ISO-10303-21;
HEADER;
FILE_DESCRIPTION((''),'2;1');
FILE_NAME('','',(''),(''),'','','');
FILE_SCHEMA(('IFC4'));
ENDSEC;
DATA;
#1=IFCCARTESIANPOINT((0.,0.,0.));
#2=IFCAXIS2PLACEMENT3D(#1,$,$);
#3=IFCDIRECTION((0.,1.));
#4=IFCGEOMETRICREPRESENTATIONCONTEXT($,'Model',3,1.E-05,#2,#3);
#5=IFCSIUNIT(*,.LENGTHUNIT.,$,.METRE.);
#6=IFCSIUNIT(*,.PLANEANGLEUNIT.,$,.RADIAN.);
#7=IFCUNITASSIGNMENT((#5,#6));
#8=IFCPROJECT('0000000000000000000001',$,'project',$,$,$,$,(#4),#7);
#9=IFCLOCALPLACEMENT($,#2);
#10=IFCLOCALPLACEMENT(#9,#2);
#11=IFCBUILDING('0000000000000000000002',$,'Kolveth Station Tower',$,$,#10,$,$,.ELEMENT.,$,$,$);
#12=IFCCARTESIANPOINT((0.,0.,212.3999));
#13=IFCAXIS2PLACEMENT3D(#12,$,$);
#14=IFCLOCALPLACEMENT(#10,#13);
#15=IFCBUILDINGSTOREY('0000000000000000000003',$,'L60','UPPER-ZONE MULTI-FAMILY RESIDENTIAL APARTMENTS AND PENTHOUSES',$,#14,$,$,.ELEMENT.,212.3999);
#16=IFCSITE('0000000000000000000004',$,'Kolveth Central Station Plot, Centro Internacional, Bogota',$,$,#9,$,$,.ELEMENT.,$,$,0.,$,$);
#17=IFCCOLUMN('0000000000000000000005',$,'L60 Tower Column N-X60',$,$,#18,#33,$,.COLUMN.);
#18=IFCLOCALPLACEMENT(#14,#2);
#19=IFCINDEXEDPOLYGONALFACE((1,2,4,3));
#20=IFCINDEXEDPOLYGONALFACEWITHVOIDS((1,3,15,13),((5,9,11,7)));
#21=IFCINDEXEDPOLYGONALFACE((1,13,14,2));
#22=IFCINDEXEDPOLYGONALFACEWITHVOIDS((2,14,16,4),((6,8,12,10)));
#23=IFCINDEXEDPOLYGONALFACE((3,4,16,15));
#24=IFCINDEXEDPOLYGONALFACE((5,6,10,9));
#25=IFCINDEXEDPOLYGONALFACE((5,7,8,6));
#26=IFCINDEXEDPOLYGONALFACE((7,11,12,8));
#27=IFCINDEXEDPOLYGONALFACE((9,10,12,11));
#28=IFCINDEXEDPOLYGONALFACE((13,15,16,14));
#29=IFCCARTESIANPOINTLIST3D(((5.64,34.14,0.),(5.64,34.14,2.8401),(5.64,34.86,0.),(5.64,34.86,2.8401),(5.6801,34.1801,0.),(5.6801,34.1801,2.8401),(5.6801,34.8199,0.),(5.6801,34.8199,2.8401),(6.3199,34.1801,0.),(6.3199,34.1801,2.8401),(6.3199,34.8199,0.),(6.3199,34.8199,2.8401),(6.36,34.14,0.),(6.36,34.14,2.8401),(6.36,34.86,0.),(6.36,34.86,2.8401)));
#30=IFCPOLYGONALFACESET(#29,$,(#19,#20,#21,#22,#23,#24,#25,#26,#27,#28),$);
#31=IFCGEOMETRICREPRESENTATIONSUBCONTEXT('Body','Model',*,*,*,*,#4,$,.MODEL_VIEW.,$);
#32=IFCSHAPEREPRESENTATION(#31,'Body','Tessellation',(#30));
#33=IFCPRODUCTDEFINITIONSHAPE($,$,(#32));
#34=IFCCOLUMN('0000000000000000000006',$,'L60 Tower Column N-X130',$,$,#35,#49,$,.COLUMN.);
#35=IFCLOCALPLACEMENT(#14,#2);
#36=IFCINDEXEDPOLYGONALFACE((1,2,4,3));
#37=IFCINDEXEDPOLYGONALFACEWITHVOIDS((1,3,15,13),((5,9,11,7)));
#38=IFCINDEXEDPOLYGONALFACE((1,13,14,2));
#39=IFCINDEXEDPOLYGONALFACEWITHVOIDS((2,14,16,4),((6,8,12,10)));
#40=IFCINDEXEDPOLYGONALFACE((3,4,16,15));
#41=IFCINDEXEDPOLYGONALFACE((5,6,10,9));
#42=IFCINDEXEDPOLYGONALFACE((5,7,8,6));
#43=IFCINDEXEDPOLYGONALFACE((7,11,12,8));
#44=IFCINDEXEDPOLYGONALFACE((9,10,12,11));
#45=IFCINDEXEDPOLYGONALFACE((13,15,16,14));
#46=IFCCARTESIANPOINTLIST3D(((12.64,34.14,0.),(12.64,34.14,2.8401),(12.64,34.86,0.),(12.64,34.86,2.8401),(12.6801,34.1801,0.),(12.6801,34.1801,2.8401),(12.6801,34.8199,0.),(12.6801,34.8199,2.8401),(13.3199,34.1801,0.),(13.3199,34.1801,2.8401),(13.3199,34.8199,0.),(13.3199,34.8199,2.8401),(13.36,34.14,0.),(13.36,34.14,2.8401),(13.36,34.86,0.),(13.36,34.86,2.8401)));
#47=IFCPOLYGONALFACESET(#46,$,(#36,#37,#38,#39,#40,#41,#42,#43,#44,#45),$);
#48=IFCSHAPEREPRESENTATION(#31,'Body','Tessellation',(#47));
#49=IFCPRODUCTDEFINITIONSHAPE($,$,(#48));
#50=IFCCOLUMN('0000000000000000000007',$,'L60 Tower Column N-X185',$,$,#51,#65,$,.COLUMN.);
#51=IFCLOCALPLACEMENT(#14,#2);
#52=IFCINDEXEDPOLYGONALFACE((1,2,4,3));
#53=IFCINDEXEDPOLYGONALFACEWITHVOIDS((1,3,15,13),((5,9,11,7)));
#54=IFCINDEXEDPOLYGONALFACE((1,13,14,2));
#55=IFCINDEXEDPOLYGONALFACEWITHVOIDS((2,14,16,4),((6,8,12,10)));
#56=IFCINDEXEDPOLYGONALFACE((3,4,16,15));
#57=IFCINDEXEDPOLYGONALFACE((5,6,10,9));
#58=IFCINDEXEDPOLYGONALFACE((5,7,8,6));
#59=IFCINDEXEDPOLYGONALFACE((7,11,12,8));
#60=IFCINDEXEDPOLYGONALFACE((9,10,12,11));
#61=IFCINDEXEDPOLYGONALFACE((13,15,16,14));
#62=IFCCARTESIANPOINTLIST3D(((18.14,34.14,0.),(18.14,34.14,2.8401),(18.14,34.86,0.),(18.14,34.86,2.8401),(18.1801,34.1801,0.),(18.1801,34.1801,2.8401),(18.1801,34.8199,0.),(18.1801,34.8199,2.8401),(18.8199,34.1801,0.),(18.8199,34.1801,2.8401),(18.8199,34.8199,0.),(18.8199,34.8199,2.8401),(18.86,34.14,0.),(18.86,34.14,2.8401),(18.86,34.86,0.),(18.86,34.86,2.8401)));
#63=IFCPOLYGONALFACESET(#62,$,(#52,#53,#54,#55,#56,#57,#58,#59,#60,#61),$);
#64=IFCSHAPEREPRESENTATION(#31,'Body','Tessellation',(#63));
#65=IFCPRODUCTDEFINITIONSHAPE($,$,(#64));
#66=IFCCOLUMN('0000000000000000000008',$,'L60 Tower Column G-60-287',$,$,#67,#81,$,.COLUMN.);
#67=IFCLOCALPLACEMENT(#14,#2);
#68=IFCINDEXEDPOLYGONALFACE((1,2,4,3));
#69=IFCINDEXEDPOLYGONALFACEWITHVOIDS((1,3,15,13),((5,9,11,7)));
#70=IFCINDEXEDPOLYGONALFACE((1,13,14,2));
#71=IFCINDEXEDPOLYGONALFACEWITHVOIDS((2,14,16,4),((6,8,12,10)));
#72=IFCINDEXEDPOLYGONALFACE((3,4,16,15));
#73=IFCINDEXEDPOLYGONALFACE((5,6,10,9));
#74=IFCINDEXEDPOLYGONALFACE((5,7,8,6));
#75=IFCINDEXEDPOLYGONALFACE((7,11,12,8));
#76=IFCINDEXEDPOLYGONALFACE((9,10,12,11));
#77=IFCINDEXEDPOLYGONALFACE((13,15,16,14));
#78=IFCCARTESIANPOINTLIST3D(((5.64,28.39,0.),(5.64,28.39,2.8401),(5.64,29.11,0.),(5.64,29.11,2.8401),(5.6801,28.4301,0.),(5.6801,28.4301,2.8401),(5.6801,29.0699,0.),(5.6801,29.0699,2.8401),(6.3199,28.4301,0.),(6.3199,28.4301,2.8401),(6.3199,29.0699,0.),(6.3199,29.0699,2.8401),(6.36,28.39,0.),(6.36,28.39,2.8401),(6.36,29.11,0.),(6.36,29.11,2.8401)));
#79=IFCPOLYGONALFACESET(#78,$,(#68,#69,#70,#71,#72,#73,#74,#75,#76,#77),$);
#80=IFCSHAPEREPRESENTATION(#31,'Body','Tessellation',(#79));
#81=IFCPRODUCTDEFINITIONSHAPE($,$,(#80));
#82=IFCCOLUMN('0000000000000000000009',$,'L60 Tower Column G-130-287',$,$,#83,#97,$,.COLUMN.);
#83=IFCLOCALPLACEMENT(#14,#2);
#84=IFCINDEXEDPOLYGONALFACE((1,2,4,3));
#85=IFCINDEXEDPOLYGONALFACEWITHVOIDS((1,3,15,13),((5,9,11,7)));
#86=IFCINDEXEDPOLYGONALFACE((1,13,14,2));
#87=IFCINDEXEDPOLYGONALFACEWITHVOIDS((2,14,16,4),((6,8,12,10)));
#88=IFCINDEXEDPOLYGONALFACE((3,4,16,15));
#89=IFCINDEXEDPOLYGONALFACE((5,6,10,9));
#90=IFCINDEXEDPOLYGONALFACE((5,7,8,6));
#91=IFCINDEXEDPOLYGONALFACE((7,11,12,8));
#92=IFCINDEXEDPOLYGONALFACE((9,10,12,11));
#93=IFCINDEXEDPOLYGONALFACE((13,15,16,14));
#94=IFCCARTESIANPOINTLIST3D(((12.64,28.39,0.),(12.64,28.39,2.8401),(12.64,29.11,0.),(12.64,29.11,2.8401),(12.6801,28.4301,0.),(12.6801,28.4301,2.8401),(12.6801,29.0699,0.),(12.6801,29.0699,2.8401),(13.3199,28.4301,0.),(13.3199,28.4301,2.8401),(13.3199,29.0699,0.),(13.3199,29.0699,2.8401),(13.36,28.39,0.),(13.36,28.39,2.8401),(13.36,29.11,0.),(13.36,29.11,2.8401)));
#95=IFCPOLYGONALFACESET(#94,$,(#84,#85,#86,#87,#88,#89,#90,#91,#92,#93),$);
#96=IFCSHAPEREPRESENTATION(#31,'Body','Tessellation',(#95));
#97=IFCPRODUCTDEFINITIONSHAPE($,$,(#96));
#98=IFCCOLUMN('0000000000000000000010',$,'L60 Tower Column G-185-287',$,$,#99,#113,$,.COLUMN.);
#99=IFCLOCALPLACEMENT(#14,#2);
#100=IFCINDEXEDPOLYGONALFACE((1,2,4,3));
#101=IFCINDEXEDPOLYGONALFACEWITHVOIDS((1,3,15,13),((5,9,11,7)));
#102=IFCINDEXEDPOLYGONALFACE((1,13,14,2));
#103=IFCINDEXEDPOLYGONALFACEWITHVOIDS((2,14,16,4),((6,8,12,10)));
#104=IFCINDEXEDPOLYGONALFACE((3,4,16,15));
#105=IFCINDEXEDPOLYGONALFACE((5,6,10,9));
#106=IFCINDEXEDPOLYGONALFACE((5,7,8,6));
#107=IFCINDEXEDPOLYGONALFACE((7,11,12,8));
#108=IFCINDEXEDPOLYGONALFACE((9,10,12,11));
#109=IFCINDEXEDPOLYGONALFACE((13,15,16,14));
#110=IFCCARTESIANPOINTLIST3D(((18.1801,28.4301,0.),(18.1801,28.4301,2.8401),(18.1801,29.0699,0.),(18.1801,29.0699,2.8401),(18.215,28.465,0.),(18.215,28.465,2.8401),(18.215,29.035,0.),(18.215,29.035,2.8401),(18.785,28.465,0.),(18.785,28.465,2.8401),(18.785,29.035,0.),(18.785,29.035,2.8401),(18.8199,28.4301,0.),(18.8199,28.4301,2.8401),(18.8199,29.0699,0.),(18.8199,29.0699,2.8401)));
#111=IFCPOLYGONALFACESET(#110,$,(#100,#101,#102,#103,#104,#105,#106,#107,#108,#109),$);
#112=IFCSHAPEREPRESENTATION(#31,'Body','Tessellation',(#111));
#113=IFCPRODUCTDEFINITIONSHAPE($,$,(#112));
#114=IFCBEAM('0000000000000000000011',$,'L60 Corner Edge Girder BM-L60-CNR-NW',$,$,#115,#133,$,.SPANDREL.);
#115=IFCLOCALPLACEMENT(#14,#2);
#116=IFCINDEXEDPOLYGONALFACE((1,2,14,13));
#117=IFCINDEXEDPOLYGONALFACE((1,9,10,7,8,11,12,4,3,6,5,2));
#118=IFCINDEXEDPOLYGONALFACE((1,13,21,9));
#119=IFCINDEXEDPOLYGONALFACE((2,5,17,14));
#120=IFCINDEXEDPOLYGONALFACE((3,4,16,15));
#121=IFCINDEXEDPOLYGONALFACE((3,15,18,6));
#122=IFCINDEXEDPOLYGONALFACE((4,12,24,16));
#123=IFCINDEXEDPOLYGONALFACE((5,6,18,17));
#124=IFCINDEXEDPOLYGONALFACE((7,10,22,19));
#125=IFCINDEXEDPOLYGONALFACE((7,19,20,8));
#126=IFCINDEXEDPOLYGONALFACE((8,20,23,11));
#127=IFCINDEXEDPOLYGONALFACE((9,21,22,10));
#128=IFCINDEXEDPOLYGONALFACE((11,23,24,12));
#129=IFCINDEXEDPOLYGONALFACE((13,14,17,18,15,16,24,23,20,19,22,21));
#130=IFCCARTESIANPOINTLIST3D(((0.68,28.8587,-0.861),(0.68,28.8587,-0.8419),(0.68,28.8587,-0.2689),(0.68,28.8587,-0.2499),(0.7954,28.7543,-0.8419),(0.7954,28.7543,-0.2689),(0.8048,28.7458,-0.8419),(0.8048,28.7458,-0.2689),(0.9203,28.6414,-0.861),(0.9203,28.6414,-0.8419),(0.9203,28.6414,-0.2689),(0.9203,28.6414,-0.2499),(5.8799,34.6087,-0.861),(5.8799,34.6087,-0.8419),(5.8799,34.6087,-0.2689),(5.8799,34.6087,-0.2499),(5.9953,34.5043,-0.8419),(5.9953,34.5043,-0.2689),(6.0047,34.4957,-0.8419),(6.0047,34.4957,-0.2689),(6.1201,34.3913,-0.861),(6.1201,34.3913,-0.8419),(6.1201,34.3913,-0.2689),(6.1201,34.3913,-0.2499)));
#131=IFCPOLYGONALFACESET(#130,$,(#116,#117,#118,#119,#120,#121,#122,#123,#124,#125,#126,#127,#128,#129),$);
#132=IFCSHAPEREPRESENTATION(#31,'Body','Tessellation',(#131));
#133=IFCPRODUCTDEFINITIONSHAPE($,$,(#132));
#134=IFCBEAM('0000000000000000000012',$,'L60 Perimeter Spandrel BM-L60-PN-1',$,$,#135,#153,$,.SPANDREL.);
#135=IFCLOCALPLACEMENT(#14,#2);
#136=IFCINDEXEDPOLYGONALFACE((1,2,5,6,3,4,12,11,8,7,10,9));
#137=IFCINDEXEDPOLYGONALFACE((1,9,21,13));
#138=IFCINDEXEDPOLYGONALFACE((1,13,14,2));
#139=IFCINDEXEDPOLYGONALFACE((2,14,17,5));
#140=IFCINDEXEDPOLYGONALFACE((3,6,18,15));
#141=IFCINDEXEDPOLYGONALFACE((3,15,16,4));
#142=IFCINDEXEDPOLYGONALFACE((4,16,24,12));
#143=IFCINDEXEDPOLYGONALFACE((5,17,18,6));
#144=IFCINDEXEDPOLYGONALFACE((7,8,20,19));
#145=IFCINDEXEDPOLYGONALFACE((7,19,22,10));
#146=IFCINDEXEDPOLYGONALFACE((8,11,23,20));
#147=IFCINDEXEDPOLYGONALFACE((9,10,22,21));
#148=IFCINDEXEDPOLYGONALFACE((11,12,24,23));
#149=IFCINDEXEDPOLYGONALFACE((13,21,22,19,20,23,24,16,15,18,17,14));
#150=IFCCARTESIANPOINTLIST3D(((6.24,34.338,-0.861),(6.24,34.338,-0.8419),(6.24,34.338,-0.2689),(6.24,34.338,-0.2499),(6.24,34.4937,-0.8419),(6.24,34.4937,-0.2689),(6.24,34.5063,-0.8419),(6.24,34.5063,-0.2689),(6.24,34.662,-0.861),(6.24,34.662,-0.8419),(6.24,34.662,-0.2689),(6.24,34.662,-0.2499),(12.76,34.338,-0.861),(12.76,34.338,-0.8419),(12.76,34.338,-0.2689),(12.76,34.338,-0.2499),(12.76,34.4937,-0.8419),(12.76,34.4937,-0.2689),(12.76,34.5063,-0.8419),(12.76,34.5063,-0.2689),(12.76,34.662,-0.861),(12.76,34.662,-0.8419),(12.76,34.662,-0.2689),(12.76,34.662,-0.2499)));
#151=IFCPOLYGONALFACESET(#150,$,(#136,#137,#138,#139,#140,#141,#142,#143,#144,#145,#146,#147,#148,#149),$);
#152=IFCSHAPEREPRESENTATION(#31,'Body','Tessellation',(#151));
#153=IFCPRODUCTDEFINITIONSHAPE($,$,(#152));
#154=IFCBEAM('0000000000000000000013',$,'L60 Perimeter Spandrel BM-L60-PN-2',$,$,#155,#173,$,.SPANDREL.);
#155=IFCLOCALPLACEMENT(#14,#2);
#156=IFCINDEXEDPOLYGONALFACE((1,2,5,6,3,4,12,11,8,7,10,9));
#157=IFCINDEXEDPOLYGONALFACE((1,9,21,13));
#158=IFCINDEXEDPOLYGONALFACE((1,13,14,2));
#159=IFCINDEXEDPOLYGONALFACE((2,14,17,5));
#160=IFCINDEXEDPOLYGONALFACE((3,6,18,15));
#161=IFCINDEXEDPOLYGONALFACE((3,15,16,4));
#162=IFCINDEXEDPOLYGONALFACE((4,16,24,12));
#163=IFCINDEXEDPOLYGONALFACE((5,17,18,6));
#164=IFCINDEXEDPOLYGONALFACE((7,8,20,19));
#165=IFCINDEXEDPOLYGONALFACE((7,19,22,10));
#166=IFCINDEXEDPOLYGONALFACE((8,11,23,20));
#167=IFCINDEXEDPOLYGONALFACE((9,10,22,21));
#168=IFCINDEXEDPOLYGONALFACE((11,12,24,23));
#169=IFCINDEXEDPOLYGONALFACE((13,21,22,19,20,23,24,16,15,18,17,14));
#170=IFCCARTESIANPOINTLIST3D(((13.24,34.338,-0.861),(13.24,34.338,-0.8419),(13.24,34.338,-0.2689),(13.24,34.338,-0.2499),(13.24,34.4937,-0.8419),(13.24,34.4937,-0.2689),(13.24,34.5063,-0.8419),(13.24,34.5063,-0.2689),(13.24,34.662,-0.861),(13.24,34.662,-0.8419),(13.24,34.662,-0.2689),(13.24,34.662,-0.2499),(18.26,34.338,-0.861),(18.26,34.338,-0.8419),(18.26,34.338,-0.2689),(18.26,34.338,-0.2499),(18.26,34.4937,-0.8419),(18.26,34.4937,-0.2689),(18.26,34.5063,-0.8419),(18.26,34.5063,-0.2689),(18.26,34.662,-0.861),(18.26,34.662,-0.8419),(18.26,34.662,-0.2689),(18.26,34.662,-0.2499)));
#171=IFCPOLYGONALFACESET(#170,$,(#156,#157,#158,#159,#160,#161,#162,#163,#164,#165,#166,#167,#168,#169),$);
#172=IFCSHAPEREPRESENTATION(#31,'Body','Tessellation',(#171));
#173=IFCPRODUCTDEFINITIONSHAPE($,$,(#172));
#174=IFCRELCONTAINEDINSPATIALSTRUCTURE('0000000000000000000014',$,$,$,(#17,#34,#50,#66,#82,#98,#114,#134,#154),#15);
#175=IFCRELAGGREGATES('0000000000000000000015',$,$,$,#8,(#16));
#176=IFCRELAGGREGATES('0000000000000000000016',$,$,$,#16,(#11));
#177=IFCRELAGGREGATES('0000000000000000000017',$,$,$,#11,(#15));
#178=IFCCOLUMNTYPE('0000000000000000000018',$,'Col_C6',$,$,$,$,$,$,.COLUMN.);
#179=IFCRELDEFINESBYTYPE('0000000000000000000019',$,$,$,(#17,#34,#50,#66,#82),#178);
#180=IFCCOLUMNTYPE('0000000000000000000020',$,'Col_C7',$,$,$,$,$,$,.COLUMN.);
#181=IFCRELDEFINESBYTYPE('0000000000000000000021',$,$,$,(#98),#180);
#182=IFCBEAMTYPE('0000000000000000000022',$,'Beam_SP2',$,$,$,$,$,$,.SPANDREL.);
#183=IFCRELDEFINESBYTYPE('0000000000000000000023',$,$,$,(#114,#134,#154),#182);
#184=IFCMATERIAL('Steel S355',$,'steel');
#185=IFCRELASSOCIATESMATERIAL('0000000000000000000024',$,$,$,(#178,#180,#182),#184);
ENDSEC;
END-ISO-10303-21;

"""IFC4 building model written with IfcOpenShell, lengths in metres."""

from ifc_helpers import new_model, si_unit, direction, frame, origin, origin_2d, place, context, subcontext, project, spatial, hollow_rectangle, i_section, extrude, source, transform, mapped, material, material_profile, profile_set, type_object, element, save


model = new_model("IFC4")

# Units and contexts
model_context = context("Model", 3, precision=1e-05, world=origin(), true_north=direction((0.0, 1.0)))
body_context = subcontext(model_context, "Body", "Model", "MODEL_VIEW")
ifc_project = project(units=[si_unit("LENGTHUNIT", "METRE"), si_unit("PLANEANGLEUNIT", "RADIAN")], contexts=[model_context])

# Site, building, storey
site_placement = place(None, origin())
site = spatial("IfcSite", under=ifc_project, at=site_placement, Name="Kolveth Central Station Plot, Centro Internacional, Bogota", CompositionType="ELEMENT", RefElevation=0.0)
building_placement = place(site_placement, origin())
building = spatial("IfcBuilding", under=site, at=building_placement, Name="Kolveth Station Tower", CompositionType="ELEMENT")
storey_placement = place(building_placement, frame((0.0, 0.0, 212.3999)))
storey = spatial("IfcBuildingStorey", under=building, at=storey_placement, Name="L60", Description="UPPER-ZONE MULTI-FAMILY RESIDENTIAL APARTMENTS AND PENTHOUSES", CompositionType="ELEMENT", Elevation=212.3999)

# Columns
ifc_material_1 = material(Name="Steel S355", Category="steel")
ifc_material_profile_1 = material_profile(ifc_material_1, hollow_rectangle(XDim=0.72, YDim=0.72, WallThickness=0.04, at=origin_2d()), Name="BOX720x720x40")
ifc_profile_set_1 = profile_set([ifc_material_profile_1], Name="Steel S355")
column_type_1 = type_object("IfcColumnType", Name="Col_C6", PredefinedType="COLUMN", material=ifc_profile_set_1)
shared_shape_1 = source(origin(), body_context, "Body", "SweptSolid", [
    extrude(hollow_rectangle(XDim=0.72, YDim=0.72, WallThickness=0.04, at=origin_2d()), origin(), (0.0, 0.0, 1.0), 2.8401),
])
for number, where, z_axis, x_axis, name in (
    (1, (6.0, 34.5, 0.0), (0.0, 0.0, 1.0), (1.0, 0.0, 0.0), "L60 Tower Column N-X60"),
    (2, (13.0, 34.5, 0.0), (0.0, 0.0, 1.0), (1.0, 0.0, 0.0), "L60 Tower Column N-X130"),
    (3, (18.5, 34.5, 0.0), (0.0, 0.0, 1.0), (1.0, 0.0, 0.0), "L60 Tower Column N-X185"),
    (4, (6.0, 28.75, 0.0), (0.0, 0.0, 1.0), (1.0, 0.0, 0.0), "L60 Tower Column G-60-287"),
    (5, (13.0, 28.75, 0.0), (0.0, 0.0, 1.0), (1.0, 0.0, 0.0), "L60 Tower Column G-130-287"),
):
    element("IfcColumn", number, at=place(storey_placement, frame(where, z_axis=z_axis, x_axis=x_axis)), inside=storey, type_object=column_type_1, Name=name, PredefinedType="COLUMN", context=body_context, shape_type="MappedRepresentation", body=[
        mapped(shared_shape_1, transform((0.0, 0.0, 0.0), x_axis=(1.0, 0.0, 0.0), y_axis=(0.0, 1.0, 0.0), z_axis=(0.0, 0.0, 1.0), scale=1.0)),
    ])
ifc_material_profile_2 = material_profile(ifc_material_1, hollow_rectangle(XDim=0.6399, YDim=0.6399, WallThickness=0.0349, at=origin_2d()), Name="BOX640x640x35")
ifc_profile_set_2 = profile_set([ifc_material_profile_2], Name="Steel S355")
column_type_2 = type_object("IfcColumnType", Name="Col_C7", PredefinedType="COLUMN", material=ifc_profile_set_2)
shared_shape_2 = source(origin(), body_context, "Body", "SweptSolid", [
    extrude(hollow_rectangle(XDim=0.6399, YDim=0.6399, WallThickness=0.0349, at=origin_2d()), origin(), (0.0, 0.0, 1.0), 2.8401),
])
column_placement = place(storey_placement, frame((18.5, 28.75, 0.0), z_axis=(0.0, 0.0, 1.0), x_axis=(1.0, 0.0, 0.0)))
element("IfcColumn", 6, at=column_placement, inside=storey, type_object=column_type_2, Name="L60 Tower Column G-185-287", PredefinedType="COLUMN", context=body_context, shape_type="MappedRepresentation", body=[
    mapped(shared_shape_2, transform((0.0, 0.0, 0.0), x_axis=(1.0, 0.0, 0.0), y_axis=(0.0, 1.0, 0.0), z_axis=(0.0, 0.0, 1.0), scale=1.0)),
])

# Beams
ifc_material_profile_3 = material_profile(ifc_material_1, i_section(OverallWidth=0.324, OverallDepth=0.6111, WebThickness=0.0127, FlangeThickness=0.019, at=origin_2d()), Name="W610x155")
ifc_profile_set_3 = profile_set([ifc_material_profile_3], Name="Steel S355")
beam_type_1 = type_object("IfcBeamType", Name="Beam_SP2", PredefinedType="SPANDREL", material=ifc_profile_set_3)
shared_shape_3 = source(origin(), body_context, "Body", "SweptSolid", [
    extrude(i_section(OverallWidth=0.324, OverallDepth=0.6111, WebThickness=0.0127, FlangeThickness=0.019, at=origin_2d()), origin(), (0.0, 0.0, 1.0), 7.7524),
])
beam_1_placement = place(storey_placement, frame((6.0, 34.5, -0.5554), z_axis=(-0.670741, -0.741692, 0.0), x_axis=(0.741692, -0.670741, 0.0)))
element("IfcBeam", 7, at=beam_1_placement, inside=storey, type_object=beam_type_1, Name="L60 Corner Edge Girder BM-L60-CNR-NW", PredefinedType="SPANDREL", context=body_context, shape_type="MappedRepresentation", body=[
    mapped(shared_shape_3, transform((0.0, 0.0, 0.0), x_axis=(1.0, 0.0, 0.0), y_axis=(0.0, 1.0, 0.0), z_axis=(0.0, 0.0, 1.0), scale=1.0)),
])
shared_shape_4 = source(origin(), body_context, "Body", "SweptSolid", [
    extrude(i_section(OverallWidth=0.324, OverallDepth=0.6111, WebThickness=0.0127, FlangeThickness=0.019, at=origin_2d()), origin(), (0.0, 0.0, 1.0), 6.52),
])
beam_2_placement = place(storey_placement, frame((6.24, 34.5, -0.5554), z_axis=(1.0, 0.0, 0.0), x_axis=(0.0, 1.0, 0.0)))
element("IfcBeam", 8, at=beam_2_placement, inside=storey, type_object=beam_type_1, Name="L60 Perimeter Spandrel BM-L60-PN-1", PredefinedType="SPANDREL", context=body_context, shape_type="MappedRepresentation", body=[
    mapped(shared_shape_4, transform((0.0, 0.0, 0.0), x_axis=(1.0, 0.0, 0.0), y_axis=(0.0, 1.0, 0.0), z_axis=(0.0, 0.0, 1.0), scale=1.0)),
])
shared_shape_5 = source(origin(), body_context, "Body", "SweptSolid", [
    extrude(i_section(OverallWidth=0.324, OverallDepth=0.6111, WebThickness=0.0127, FlangeThickness=0.019, at=origin_2d()), origin(), (0.0, 0.0, 1.0), 5.02),
])
beam_3_placement = place(storey_placement, frame((13.24, 34.5, -0.5554), z_axis=(1.0, 0.0, 0.0), x_axis=(0.0, 1.0, 0.0)))
element("IfcBeam", 9, at=beam_3_placement, inside=storey, type_object=beam_type_1, Name="L60 Perimeter Spandrel BM-L60-PN-2", PredefinedType="SPANDREL", context=body_context, shape_type="MappedRepresentation", body=[
    mapped(shared_shape_5, transform((0.0, 0.0, 0.0), x_axis=(1.0, 0.0, 0.0), y_axis=(0.0, 1.0, 0.0), z_axis=(0.0, 0.0, 1.0), scale=1.0)),
])

save(model, "model.ifc")
